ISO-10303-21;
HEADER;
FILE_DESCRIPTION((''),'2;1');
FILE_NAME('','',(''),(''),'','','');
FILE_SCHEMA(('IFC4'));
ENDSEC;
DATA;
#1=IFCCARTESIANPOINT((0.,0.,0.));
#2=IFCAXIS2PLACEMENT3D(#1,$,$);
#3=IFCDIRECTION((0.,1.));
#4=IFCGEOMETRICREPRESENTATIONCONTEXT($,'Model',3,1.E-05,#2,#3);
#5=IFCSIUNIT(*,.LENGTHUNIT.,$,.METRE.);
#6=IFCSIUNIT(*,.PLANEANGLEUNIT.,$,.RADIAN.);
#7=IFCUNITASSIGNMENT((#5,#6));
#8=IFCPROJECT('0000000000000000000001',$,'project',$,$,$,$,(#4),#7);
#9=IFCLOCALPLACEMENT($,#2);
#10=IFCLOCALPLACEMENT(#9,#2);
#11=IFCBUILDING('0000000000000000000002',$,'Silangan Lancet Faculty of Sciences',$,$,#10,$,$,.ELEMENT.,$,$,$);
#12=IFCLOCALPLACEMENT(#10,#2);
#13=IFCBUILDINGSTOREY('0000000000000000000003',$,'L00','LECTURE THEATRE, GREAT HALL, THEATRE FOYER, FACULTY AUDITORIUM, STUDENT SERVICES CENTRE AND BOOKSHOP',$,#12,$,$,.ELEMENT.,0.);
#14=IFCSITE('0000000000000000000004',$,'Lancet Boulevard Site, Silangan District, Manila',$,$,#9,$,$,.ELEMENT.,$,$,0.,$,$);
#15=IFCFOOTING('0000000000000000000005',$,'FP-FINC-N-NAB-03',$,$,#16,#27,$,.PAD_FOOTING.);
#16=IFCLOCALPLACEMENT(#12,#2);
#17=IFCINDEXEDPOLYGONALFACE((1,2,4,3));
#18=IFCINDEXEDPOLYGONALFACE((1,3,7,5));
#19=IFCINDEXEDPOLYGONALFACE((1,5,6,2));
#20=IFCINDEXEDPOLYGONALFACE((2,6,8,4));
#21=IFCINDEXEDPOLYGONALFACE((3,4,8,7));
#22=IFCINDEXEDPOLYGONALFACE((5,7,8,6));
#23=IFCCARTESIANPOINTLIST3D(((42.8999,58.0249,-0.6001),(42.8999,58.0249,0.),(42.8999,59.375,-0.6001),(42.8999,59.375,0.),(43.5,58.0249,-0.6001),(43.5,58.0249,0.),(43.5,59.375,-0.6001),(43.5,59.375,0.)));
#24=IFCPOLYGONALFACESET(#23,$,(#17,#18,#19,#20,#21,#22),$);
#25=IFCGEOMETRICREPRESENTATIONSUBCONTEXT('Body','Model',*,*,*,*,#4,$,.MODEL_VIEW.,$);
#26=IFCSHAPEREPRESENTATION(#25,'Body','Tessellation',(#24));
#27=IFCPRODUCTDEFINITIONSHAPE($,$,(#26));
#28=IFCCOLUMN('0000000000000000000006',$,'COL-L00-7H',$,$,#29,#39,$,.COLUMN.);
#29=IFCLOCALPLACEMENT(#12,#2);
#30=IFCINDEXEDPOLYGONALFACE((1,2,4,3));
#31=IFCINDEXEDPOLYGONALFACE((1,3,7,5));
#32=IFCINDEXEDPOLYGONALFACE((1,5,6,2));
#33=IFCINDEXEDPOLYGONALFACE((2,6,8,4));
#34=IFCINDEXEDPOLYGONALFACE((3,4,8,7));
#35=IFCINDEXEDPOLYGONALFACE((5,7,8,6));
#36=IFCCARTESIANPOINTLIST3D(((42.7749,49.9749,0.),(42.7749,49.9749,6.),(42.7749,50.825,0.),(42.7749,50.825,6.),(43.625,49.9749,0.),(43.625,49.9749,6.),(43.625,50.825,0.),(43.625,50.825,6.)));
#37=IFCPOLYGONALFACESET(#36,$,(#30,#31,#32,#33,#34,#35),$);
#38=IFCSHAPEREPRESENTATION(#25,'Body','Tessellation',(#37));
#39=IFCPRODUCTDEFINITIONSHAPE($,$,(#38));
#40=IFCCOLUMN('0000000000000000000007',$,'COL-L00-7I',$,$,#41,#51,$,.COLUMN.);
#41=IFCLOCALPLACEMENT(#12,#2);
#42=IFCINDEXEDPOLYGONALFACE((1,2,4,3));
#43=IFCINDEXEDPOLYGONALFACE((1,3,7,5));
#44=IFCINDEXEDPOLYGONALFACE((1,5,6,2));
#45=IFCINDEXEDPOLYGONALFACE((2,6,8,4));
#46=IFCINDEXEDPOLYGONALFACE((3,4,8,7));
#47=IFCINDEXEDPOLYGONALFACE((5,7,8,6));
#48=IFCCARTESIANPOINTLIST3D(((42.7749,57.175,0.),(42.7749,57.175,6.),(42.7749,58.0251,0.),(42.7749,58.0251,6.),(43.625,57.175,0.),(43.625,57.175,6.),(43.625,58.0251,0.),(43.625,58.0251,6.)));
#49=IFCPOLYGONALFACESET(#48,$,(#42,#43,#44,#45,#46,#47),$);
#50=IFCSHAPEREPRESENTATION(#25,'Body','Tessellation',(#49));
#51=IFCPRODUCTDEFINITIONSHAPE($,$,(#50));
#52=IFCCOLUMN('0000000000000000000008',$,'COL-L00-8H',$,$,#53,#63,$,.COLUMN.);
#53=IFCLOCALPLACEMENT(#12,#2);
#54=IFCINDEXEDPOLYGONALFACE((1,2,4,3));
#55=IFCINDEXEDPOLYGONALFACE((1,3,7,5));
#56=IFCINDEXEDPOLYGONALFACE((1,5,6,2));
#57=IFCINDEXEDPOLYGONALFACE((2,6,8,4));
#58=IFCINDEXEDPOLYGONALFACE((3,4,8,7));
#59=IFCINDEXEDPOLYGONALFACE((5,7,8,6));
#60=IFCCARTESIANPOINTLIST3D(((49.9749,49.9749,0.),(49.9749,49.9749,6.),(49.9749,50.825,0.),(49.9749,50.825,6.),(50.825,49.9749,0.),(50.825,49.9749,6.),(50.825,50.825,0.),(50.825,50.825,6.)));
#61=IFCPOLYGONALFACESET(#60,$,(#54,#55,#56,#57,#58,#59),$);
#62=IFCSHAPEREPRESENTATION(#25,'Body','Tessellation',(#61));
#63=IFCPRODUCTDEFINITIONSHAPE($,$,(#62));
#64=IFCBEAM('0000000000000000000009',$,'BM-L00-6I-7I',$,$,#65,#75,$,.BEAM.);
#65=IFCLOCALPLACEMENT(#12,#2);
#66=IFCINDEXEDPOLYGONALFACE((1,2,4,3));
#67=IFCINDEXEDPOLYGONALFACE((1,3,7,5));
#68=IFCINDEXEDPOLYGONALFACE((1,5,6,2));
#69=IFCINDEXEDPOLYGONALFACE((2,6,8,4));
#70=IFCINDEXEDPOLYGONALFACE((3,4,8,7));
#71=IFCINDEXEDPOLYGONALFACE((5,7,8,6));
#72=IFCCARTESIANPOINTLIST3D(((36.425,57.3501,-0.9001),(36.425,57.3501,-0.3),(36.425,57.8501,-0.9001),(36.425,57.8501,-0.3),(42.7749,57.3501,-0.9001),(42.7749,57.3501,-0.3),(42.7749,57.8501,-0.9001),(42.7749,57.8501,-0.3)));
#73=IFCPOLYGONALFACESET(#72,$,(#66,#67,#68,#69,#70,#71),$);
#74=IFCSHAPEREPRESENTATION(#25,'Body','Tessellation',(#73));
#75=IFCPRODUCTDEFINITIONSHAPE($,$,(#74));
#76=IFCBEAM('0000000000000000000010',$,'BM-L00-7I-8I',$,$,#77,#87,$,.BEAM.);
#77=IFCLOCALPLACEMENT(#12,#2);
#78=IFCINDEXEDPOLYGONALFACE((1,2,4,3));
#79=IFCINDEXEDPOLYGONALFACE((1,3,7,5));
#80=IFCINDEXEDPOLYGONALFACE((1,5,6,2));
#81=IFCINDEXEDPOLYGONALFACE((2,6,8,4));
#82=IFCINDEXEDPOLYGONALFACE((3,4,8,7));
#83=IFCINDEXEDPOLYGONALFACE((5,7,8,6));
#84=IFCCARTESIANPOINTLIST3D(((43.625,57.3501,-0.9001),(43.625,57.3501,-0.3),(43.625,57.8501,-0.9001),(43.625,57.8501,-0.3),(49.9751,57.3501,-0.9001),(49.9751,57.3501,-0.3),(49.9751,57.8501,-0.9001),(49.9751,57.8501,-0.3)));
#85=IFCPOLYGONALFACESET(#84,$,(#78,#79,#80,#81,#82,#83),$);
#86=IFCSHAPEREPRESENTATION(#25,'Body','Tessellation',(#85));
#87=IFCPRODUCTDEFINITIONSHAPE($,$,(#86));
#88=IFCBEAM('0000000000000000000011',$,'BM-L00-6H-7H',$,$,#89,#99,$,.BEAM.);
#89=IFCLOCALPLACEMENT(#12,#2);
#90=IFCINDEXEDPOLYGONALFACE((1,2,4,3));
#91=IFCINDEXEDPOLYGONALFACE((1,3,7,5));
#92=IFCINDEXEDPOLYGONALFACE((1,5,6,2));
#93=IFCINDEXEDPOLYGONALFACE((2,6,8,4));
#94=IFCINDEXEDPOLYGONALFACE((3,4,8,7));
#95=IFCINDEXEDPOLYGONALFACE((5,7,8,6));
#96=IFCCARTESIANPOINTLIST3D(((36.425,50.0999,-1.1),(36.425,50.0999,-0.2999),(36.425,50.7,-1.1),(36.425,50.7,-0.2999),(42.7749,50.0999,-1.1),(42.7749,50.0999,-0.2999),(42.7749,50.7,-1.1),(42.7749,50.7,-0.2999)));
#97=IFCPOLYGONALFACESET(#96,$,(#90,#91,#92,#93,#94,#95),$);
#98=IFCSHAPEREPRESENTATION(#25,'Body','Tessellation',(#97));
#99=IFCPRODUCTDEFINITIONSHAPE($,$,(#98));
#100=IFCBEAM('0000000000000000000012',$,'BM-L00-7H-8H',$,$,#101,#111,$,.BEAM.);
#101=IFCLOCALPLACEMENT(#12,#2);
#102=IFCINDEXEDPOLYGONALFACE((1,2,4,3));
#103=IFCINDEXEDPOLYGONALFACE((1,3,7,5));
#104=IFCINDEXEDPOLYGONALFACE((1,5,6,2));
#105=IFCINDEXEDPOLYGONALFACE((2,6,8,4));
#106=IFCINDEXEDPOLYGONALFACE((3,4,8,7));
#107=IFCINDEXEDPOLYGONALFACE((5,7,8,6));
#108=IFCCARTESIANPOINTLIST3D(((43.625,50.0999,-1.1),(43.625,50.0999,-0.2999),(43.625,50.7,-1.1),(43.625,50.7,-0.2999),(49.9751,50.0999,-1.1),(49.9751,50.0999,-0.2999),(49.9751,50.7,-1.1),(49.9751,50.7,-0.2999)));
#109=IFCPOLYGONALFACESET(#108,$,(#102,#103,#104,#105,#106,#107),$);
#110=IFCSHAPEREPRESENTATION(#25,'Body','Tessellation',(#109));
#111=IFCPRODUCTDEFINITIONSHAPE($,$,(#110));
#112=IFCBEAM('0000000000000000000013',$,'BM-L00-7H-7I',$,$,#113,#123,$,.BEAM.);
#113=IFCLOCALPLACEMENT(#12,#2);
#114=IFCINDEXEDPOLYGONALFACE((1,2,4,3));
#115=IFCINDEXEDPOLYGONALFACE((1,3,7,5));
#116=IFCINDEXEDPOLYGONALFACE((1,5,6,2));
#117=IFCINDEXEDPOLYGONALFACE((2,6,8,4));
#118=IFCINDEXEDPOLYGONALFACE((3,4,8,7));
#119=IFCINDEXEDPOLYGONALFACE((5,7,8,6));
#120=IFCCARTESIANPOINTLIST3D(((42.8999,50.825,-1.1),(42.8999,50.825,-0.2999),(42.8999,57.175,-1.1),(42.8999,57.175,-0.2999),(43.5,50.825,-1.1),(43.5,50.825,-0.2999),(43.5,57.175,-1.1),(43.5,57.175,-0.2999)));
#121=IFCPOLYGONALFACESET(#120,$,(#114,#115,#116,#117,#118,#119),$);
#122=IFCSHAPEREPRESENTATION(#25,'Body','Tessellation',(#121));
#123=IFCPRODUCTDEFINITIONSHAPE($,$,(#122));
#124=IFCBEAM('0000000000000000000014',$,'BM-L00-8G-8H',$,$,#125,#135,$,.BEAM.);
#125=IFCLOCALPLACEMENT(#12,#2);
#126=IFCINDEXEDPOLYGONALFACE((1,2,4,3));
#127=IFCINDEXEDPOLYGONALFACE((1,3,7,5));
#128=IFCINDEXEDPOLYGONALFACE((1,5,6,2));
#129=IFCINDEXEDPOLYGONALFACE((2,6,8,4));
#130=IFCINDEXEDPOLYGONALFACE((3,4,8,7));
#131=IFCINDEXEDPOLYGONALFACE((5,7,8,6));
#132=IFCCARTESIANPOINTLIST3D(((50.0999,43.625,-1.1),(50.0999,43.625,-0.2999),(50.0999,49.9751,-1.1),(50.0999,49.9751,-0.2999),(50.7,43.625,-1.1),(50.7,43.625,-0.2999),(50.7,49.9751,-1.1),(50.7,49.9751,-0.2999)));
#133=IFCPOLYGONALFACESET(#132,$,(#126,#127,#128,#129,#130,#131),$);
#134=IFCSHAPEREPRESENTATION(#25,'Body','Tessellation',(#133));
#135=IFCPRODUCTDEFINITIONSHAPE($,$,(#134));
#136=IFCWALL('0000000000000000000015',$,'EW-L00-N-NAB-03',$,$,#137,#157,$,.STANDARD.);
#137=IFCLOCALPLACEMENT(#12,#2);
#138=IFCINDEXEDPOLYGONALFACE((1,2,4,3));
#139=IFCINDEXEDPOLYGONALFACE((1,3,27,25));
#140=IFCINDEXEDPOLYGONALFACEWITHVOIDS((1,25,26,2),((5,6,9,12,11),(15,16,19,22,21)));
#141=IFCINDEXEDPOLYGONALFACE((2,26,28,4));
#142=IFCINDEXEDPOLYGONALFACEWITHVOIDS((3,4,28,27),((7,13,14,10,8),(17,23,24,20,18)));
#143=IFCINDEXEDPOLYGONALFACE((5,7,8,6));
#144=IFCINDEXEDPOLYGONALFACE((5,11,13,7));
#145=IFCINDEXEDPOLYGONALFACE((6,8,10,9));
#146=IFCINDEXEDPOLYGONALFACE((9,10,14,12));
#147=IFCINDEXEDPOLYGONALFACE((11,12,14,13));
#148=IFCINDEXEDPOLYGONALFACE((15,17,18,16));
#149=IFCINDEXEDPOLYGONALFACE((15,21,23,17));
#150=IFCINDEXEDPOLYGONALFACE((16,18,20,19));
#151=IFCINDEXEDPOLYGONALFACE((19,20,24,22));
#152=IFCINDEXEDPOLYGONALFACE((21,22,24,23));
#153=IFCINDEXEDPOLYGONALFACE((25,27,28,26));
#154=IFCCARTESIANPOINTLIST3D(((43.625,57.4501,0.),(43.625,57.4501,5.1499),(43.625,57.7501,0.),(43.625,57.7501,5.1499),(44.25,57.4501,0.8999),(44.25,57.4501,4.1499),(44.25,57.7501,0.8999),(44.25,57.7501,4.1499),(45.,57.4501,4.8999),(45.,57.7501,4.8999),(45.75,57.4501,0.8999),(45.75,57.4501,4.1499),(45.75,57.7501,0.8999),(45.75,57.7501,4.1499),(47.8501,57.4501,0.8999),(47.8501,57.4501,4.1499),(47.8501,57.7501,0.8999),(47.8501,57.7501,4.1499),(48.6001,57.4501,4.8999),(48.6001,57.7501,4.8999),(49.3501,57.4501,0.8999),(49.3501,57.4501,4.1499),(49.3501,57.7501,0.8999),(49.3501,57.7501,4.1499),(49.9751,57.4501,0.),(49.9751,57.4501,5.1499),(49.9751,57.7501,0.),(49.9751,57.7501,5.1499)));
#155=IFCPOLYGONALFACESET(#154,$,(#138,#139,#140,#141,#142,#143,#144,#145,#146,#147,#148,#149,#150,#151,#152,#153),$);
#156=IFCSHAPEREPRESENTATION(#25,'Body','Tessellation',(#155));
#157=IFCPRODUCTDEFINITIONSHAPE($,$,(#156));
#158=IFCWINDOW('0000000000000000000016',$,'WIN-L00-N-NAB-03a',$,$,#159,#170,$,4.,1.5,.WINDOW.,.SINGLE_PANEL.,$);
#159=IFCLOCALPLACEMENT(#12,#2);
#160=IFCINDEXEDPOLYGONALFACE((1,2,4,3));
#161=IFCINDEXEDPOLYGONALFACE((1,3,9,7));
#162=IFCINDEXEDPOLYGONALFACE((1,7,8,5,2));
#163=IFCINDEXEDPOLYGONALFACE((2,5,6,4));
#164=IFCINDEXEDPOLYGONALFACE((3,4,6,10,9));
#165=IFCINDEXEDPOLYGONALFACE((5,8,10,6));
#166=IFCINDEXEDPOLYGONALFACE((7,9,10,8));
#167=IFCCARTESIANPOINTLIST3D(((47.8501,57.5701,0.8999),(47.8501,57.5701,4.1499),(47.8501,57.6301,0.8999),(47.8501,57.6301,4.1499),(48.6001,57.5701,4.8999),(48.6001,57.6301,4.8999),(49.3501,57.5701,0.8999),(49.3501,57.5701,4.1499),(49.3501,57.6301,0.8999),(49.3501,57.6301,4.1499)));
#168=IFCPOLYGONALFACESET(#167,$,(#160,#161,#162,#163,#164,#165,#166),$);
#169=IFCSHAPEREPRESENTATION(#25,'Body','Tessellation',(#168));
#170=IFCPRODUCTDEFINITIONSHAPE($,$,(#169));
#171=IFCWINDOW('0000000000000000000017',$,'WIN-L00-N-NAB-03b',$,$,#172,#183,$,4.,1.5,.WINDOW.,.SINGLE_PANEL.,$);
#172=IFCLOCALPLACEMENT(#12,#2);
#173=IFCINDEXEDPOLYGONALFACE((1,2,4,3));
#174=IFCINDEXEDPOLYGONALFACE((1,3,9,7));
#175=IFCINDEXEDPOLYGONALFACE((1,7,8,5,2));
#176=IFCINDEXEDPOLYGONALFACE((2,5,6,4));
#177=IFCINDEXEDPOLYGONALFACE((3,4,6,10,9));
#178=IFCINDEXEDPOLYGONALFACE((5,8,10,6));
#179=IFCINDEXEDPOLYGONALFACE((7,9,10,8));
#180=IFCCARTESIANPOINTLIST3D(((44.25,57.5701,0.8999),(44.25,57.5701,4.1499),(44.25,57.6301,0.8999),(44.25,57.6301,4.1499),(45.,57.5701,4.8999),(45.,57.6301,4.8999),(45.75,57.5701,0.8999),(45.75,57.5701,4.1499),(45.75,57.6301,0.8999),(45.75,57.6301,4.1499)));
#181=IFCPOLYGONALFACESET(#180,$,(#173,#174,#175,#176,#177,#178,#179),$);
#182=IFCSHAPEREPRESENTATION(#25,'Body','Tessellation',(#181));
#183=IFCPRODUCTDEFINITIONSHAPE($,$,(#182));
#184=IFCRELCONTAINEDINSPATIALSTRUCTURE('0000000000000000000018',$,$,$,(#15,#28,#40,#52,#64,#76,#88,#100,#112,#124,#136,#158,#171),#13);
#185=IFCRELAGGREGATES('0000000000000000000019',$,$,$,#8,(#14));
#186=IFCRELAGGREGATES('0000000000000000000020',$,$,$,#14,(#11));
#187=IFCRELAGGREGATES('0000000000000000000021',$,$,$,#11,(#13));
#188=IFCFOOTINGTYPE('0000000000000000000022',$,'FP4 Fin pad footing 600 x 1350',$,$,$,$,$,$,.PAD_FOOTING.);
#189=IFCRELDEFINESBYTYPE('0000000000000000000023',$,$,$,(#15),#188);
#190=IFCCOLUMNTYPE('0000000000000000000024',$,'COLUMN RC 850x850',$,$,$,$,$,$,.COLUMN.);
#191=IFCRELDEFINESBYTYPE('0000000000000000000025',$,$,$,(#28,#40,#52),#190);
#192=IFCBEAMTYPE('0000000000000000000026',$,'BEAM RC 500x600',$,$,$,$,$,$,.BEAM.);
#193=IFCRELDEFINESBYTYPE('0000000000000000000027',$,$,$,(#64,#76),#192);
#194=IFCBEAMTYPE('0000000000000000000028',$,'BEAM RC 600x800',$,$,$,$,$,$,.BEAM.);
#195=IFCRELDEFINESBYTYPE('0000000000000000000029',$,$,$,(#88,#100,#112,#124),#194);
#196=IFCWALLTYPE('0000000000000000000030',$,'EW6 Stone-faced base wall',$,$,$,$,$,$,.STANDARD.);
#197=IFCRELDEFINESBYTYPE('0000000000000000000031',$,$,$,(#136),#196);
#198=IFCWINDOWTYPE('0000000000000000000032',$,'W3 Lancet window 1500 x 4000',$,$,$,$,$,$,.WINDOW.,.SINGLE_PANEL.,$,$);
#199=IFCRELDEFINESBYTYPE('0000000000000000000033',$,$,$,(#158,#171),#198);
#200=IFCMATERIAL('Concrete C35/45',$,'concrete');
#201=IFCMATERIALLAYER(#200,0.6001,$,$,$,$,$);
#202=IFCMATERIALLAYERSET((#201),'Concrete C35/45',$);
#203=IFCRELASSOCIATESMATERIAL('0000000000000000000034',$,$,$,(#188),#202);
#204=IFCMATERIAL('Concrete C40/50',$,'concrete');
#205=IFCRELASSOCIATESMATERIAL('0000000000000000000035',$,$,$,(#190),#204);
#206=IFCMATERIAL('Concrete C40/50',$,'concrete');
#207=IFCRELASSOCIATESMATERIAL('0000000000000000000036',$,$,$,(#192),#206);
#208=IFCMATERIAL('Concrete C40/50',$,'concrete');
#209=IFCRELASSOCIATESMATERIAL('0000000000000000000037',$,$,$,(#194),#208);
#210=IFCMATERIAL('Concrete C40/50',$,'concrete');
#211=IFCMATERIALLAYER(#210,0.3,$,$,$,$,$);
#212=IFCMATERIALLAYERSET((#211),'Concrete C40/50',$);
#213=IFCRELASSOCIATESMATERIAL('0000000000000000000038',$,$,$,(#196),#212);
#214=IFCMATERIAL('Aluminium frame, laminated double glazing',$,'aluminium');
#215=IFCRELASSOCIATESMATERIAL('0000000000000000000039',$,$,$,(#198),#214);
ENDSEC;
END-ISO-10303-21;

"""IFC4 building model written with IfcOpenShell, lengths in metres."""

from ifc_helpers import new_model, si_unit, direction, frame, frame_2d, origin, origin_2d, place, context, subcontext, project, spatial, polyline, rectangle, outline, extrude, material, layer, layer_set, material_profile, profile_set, type_object, element, fill, save


model = new_model("IFC4")

# Units and contexts
model_context = context("Model", 3, precision=1e-05, world=origin(), true_north=direction((0.0, 1.0)))
body_context = subcontext(model_context, "Body", "Model", "MODEL_VIEW")
ifc_project = project(units=[si_unit("LENGTHUNIT", "METRE"), si_unit("PLANEANGLEUNIT", "RADIAN")], contexts=[model_context])

# Site, building, storey
site_placement = place(None, origin())
site = spatial("IfcSite", under=ifc_project, at=site_placement, Name="Lancet Boulevard Site, Silangan District, Manila", CompositionType="ELEMENT", RefElevation=0.0)
building_placement = place(site_placement, origin())
building = spatial("IfcBuilding", under=site, at=building_placement, Name="Silangan Lancet Faculty of Sciences", CompositionType="ELEMENT")
storey_placement = place(building_placement, origin())
storey = spatial("IfcBuildingStorey", under=building, at=storey_placement, Name="L00", Description="LECTURE THEATRE, GREAT HALL, THEATRE FOYER, FACULTY AUDITORIUM, STUDENT SERVICES CENTRE AND BOOKSHOP", CompositionType="ELEMENT", Elevation=0.0)

# Footing
ifc_material_1 = material(Name="Concrete C35/45", Category="concrete")
ifc_layer_1 = layer(ifc_material_1, 0.6001)
ifc_layer_set_1 = layer_set([ifc_layer_1], Name="Concrete C35/45")
footing_type = type_object("IfcFootingType", Name="FP4 Fin pad footing 600 x 1350", PredefinedType="PAD_FOOTING", material=ifc_layer_set_1)
footing_placement = place(storey_placement, frame((43.2, 58.7, -0.6001), z_axis=(0.0, 0.0, 1.0), x_axis=(1.0, 0.0, 0.0)))
element("IfcFooting", 1, at=footing_placement, inside=storey, type_object=footing_type, Name="FP-FINC-N-NAB-03", PredefinedType="PAD_FOOTING", context=body_context, shape_type="SweptSolid", body=[
    extrude(rectangle(XDim=0.6001, YDim=1.3501, at=origin_2d()), origin(), (0.0, 0.0, 1.0), 0.6001),
])

# Columns
ifc_material_2 = material(Name="Concrete C40/50", Category="concrete")
ifc_material_profile_1 = material_profile(ifc_material_2, rectangle(XDim=0.8501, YDim=0.8501, at=origin_2d()), Name="RC 850x850")
ifc_profile_set_1 = profile_set([ifc_material_profile_1], Name="Concrete C40/50")
column_type = type_object("IfcColumnType", Name="COLUMN RC 850x850", PredefinedType="COLUMN", material=ifc_profile_set_1)
for number, where, z_axis, x_axis, name in (
    (2, (43.2, 50.3999, 0.0), (0.0, 0.0, 1.0), (1.0, 0.0, 0.0), "COL-L00-7H"),
    (3, (43.2, 57.6001, 0.0), (0.0, 0.0, 1.0), (1.0, 0.0, 0.0), "COL-L00-7I"),
    (4, (50.3999, 50.3999, 0.0), (0.0, 0.0, 1.0), (1.0, 0.0, 0.0), "COL-L00-8H"),
):
    element("IfcColumn", number, at=place(storey_placement, frame(where, z_axis=z_axis, x_axis=x_axis)), inside=storey, type_object=column_type, Name=name, PredefinedType="COLUMN", context=body_context, shape_type="SweptSolid", body=[
        extrude(rectangle(XDim=0.8501, YDim=0.8501, at=origin_2d()), origin(), (0.0, 0.0, 1.0), 6.0),
    ])

# Beams
ifc_material_3 = material(Name="Concrete C40/50", Category="concrete")
ifc_material_profile_2 = material_profile(ifc_material_3, rectangle(XDim=0.5, YDim=0.6001, at=origin_2d()), Name="RC 500x600")
ifc_profile_set_2 = profile_set([ifc_material_profile_2], Name="Concrete C40/50")
beam_type_1 = type_object("IfcBeamType", Name="BEAM RC 500x600", PredefinedType="BEAM", material=ifc_profile_set_2)
beam_1_placement = place(storey_placement, frame((36.425, 57.6001, -0.6001), z_axis=(1.0, 0.0, 0.0), x_axis=(0.0, 1.0, 0.0)))
element("IfcBeam", 5, at=beam_1_placement, inside=storey, type_object=beam_type_1, Name="BM-L00-6I-7I", PredefinedType="BEAM", context=body_context, shape_type="SweptSolid", body=[
    extrude(rectangle(XDim=0.5, YDim=0.6001, at=origin_2d()), origin(), (0.0, 0.0, 1.0), 6.3499),
])
beam_2_placement = place(storey_placement, frame((43.625, 57.6001, -0.6001), z_axis=(1.0, 0.0, 0.0), x_axis=(0.0, 1.0, 0.0)))
element("IfcBeam", 6, at=beam_2_placement, inside=storey, type_object=beam_type_1, Name="BM-L00-7I-8I", PredefinedType="BEAM", context=body_context, shape_type="SweptSolid", body=[
    extrude(rectangle(XDim=0.5, YDim=0.6001, at=origin_2d()), origin(), (0.0, 0.0, 1.0), 6.3501),
])
ifc_material_4 = material(Name="Concrete C40/50", Category="concrete")
ifc_material_profile_3 = material_profile(ifc_material_4, rectangle(XDim=0.6001, YDim=0.8, at=origin_2d()), Name="RC 600x800")
ifc_profile_set_3 = profile_set([ifc_material_profile_3], Name="Concrete C40/50")
beam_type_2 = type_object("IfcBeamType", Name="BEAM RC 600x800", PredefinedType="BEAM", material=ifc_profile_set_3)
beam_3_placement = place(storey_placement, frame((36.425, 50.3999, -0.7), z_axis=(1.0, 0.0, 0.0), x_axis=(0.0, 1.0, 0.0)))
element("IfcBeam", 7, at=beam_3_placement, inside=storey, type_object=beam_type_2, Name="BM-L00-6H-7H", PredefinedType="BEAM", context=body_context, shape_type="SweptSolid", body=[
    extrude(rectangle(XDim=0.6001, YDim=0.8, at=origin_2d()), origin(), (0.0, 0.0, 1.0), 6.3499),
])
for number, where, z_axis, x_axis, name in (
    (8, (43.625, 50.3999, -0.7), (1.0, 0.0, 0.0), (0.0, 1.0, 0.0), "BM-L00-7H-8H"),
    (9, (43.2, 50.825, -0.7), (0.0, 1.0, 0.0), (-1.0, 0.0, 0.0), "BM-L00-7H-7I"),
    (10, (50.3999, 43.625, -0.7), (0.0, 1.0, 0.0), (-1.0, 0.0, 0.0), "BM-L00-8G-8H"),
):
    element("IfcBeam", number, at=place(storey_placement, frame(where, z_axis=z_axis, x_axis=x_axis)), inside=storey, type_object=beam_type_2, Name=name, PredefinedType="BEAM", context=body_context, shape_type="SweptSolid", body=[
        extrude(rectangle(XDim=0.6001, YDim=0.8, at=origin_2d()), origin(), (0.0, 0.0, 1.0), 6.3501),
    ])

# Wall, openings, windows
ifc_material_5 = material(Name="Concrete C40/50", Category="concrete")
ifc_layer_2 = layer(ifc_material_5, 0.3)
ifc_layer_set_2 = layer_set([ifc_layer_2], Name="Concrete C40/50")
wall_type_1 = type_object("IfcWallType", Name="EW6 Stone-faced base wall", PredefinedType="STANDARD", material=ifc_layer_set_2)
wall_1_placement = place(storey_placement, frame((49.9751, 57.6001, 0.0), z_axis=(0.0, 0.0, 1.0), x_axis=(-1.0, 0.0, 0.0)))
wall_1 = element("IfcWall", 11, at=wall_1_placement, inside=storey, type_object=wall_type_1, Name="EW-L00-N-NAB-03", PredefinedType="STANDARD", context=body_context, shape_type="SweptSolid", body=[
    extrude(rectangle(XDim=6.3501, YDim=0.3, at=frame_2d((3.175, 0.0))), origin(), (0.0, 0.0, 1.0), 5.1499),
])
opening_1_placement = place(wall_1_placement, frame((0.625, 0.0, 0.8999)))
opening_1 = element("IfcOpeningElement", 12, at=opening_1_placement, cuts=wall_1, PredefinedType="OPENING", context=body_context, shape_type="SweptSolid", body=[
    extrude(outline(polyline([(0.0, 0.0), (1.5, 0.0), (1.5, 3.25), (0.75, 4.0), (0.0, 3.25), (0.0, 0.0)])), frame((0.0, 0.1599, 0.0), z_axis=(0.0, -1.0, 0.0), x_axis=(1.0, 0.0, 0.0)), (0.0, 0.0, 1.0), 0.3201),
])
opening_2_placement = place(wall_1_placement, frame((4.2251, 0.0, 0.8999)))
opening_2 = element("IfcOpeningElement", 13, at=opening_2_placement, cuts=wall_1, PredefinedType="OPENING", context=body_context, shape_type="SweptSolid", body=[
    extrude(outline(polyline([(0.0, 0.0), (1.5, 0.0), (1.5, 3.25), (0.75, 4.0), (0.0, 3.25), (0.0, 0.0)])), frame((0.0, 0.1599, 0.0), z_axis=(0.0, -1.0, 0.0), x_axis=(1.0, 0.0, 0.0)), (0.0, 0.0, 1.0), 0.3201),
])
ifc_material_6 = material(Name="Aluminium frame, laminated double glazing", Category="aluminium")
window_type = type_object("IfcWindowType", Name="W3 Lancet window 1500 x 4000", PartitioningType="SINGLE_PANEL", PredefinedType="WINDOW", material=ifc_material_6)
window_1_placement = place(opening_1_placement, origin())
window_1 = element("IfcWindow", 14, at=window_1_placement, inside=storey, type_object=window_type, Name="WIN-L00-N-NAB-03a", OverallHeight=4.0, OverallWidth=1.5, PartitioningType="SINGLE_PANEL", PredefinedType="WINDOW", context=body_context, shape_type="SweptSolid", body=[
    extrude(outline(polyline([(0.0, 0.0), (1.5, 0.0), (1.5, 3.25), (0.75, 4.0), (0.0, 3.25), (0.0, 0.0)])), frame((0.0, 0.03, 0.0), z_axis=(0.0, -1.0, 0.0), x_axis=(1.0, 0.0, 0.0)), (0.0, 0.0, 1.0), 0.0601),
])
fill(opening_1, window_1)
window_2_placement = place(opening_2_placement, origin())
window_2 = element("IfcWindow", 15, at=window_2_placement, inside=storey, type_object=window_type, Name="WIN-L00-N-NAB-03b", OverallHeight=4.0, OverallWidth=1.5, PartitioningType="SINGLE_PANEL", PredefinedType="WINDOW", context=body_context, shape_type="SweptSolid", body=[
    extrude(outline(polyline([(0.0, 0.0), (1.5, 0.0), (1.5, 3.25), (0.75, 4.0), (0.0, 3.25), (0.0, 0.0)])), frame((0.0, 0.03, 0.0), z_axis=(0.0, -1.0, 0.0), x_axis=(1.0, 0.0, 0.0)), (0.0, 0.0, 1.0), 0.0601),
])
fill(opening_2, window_2)

save(model, "model.ifc")
